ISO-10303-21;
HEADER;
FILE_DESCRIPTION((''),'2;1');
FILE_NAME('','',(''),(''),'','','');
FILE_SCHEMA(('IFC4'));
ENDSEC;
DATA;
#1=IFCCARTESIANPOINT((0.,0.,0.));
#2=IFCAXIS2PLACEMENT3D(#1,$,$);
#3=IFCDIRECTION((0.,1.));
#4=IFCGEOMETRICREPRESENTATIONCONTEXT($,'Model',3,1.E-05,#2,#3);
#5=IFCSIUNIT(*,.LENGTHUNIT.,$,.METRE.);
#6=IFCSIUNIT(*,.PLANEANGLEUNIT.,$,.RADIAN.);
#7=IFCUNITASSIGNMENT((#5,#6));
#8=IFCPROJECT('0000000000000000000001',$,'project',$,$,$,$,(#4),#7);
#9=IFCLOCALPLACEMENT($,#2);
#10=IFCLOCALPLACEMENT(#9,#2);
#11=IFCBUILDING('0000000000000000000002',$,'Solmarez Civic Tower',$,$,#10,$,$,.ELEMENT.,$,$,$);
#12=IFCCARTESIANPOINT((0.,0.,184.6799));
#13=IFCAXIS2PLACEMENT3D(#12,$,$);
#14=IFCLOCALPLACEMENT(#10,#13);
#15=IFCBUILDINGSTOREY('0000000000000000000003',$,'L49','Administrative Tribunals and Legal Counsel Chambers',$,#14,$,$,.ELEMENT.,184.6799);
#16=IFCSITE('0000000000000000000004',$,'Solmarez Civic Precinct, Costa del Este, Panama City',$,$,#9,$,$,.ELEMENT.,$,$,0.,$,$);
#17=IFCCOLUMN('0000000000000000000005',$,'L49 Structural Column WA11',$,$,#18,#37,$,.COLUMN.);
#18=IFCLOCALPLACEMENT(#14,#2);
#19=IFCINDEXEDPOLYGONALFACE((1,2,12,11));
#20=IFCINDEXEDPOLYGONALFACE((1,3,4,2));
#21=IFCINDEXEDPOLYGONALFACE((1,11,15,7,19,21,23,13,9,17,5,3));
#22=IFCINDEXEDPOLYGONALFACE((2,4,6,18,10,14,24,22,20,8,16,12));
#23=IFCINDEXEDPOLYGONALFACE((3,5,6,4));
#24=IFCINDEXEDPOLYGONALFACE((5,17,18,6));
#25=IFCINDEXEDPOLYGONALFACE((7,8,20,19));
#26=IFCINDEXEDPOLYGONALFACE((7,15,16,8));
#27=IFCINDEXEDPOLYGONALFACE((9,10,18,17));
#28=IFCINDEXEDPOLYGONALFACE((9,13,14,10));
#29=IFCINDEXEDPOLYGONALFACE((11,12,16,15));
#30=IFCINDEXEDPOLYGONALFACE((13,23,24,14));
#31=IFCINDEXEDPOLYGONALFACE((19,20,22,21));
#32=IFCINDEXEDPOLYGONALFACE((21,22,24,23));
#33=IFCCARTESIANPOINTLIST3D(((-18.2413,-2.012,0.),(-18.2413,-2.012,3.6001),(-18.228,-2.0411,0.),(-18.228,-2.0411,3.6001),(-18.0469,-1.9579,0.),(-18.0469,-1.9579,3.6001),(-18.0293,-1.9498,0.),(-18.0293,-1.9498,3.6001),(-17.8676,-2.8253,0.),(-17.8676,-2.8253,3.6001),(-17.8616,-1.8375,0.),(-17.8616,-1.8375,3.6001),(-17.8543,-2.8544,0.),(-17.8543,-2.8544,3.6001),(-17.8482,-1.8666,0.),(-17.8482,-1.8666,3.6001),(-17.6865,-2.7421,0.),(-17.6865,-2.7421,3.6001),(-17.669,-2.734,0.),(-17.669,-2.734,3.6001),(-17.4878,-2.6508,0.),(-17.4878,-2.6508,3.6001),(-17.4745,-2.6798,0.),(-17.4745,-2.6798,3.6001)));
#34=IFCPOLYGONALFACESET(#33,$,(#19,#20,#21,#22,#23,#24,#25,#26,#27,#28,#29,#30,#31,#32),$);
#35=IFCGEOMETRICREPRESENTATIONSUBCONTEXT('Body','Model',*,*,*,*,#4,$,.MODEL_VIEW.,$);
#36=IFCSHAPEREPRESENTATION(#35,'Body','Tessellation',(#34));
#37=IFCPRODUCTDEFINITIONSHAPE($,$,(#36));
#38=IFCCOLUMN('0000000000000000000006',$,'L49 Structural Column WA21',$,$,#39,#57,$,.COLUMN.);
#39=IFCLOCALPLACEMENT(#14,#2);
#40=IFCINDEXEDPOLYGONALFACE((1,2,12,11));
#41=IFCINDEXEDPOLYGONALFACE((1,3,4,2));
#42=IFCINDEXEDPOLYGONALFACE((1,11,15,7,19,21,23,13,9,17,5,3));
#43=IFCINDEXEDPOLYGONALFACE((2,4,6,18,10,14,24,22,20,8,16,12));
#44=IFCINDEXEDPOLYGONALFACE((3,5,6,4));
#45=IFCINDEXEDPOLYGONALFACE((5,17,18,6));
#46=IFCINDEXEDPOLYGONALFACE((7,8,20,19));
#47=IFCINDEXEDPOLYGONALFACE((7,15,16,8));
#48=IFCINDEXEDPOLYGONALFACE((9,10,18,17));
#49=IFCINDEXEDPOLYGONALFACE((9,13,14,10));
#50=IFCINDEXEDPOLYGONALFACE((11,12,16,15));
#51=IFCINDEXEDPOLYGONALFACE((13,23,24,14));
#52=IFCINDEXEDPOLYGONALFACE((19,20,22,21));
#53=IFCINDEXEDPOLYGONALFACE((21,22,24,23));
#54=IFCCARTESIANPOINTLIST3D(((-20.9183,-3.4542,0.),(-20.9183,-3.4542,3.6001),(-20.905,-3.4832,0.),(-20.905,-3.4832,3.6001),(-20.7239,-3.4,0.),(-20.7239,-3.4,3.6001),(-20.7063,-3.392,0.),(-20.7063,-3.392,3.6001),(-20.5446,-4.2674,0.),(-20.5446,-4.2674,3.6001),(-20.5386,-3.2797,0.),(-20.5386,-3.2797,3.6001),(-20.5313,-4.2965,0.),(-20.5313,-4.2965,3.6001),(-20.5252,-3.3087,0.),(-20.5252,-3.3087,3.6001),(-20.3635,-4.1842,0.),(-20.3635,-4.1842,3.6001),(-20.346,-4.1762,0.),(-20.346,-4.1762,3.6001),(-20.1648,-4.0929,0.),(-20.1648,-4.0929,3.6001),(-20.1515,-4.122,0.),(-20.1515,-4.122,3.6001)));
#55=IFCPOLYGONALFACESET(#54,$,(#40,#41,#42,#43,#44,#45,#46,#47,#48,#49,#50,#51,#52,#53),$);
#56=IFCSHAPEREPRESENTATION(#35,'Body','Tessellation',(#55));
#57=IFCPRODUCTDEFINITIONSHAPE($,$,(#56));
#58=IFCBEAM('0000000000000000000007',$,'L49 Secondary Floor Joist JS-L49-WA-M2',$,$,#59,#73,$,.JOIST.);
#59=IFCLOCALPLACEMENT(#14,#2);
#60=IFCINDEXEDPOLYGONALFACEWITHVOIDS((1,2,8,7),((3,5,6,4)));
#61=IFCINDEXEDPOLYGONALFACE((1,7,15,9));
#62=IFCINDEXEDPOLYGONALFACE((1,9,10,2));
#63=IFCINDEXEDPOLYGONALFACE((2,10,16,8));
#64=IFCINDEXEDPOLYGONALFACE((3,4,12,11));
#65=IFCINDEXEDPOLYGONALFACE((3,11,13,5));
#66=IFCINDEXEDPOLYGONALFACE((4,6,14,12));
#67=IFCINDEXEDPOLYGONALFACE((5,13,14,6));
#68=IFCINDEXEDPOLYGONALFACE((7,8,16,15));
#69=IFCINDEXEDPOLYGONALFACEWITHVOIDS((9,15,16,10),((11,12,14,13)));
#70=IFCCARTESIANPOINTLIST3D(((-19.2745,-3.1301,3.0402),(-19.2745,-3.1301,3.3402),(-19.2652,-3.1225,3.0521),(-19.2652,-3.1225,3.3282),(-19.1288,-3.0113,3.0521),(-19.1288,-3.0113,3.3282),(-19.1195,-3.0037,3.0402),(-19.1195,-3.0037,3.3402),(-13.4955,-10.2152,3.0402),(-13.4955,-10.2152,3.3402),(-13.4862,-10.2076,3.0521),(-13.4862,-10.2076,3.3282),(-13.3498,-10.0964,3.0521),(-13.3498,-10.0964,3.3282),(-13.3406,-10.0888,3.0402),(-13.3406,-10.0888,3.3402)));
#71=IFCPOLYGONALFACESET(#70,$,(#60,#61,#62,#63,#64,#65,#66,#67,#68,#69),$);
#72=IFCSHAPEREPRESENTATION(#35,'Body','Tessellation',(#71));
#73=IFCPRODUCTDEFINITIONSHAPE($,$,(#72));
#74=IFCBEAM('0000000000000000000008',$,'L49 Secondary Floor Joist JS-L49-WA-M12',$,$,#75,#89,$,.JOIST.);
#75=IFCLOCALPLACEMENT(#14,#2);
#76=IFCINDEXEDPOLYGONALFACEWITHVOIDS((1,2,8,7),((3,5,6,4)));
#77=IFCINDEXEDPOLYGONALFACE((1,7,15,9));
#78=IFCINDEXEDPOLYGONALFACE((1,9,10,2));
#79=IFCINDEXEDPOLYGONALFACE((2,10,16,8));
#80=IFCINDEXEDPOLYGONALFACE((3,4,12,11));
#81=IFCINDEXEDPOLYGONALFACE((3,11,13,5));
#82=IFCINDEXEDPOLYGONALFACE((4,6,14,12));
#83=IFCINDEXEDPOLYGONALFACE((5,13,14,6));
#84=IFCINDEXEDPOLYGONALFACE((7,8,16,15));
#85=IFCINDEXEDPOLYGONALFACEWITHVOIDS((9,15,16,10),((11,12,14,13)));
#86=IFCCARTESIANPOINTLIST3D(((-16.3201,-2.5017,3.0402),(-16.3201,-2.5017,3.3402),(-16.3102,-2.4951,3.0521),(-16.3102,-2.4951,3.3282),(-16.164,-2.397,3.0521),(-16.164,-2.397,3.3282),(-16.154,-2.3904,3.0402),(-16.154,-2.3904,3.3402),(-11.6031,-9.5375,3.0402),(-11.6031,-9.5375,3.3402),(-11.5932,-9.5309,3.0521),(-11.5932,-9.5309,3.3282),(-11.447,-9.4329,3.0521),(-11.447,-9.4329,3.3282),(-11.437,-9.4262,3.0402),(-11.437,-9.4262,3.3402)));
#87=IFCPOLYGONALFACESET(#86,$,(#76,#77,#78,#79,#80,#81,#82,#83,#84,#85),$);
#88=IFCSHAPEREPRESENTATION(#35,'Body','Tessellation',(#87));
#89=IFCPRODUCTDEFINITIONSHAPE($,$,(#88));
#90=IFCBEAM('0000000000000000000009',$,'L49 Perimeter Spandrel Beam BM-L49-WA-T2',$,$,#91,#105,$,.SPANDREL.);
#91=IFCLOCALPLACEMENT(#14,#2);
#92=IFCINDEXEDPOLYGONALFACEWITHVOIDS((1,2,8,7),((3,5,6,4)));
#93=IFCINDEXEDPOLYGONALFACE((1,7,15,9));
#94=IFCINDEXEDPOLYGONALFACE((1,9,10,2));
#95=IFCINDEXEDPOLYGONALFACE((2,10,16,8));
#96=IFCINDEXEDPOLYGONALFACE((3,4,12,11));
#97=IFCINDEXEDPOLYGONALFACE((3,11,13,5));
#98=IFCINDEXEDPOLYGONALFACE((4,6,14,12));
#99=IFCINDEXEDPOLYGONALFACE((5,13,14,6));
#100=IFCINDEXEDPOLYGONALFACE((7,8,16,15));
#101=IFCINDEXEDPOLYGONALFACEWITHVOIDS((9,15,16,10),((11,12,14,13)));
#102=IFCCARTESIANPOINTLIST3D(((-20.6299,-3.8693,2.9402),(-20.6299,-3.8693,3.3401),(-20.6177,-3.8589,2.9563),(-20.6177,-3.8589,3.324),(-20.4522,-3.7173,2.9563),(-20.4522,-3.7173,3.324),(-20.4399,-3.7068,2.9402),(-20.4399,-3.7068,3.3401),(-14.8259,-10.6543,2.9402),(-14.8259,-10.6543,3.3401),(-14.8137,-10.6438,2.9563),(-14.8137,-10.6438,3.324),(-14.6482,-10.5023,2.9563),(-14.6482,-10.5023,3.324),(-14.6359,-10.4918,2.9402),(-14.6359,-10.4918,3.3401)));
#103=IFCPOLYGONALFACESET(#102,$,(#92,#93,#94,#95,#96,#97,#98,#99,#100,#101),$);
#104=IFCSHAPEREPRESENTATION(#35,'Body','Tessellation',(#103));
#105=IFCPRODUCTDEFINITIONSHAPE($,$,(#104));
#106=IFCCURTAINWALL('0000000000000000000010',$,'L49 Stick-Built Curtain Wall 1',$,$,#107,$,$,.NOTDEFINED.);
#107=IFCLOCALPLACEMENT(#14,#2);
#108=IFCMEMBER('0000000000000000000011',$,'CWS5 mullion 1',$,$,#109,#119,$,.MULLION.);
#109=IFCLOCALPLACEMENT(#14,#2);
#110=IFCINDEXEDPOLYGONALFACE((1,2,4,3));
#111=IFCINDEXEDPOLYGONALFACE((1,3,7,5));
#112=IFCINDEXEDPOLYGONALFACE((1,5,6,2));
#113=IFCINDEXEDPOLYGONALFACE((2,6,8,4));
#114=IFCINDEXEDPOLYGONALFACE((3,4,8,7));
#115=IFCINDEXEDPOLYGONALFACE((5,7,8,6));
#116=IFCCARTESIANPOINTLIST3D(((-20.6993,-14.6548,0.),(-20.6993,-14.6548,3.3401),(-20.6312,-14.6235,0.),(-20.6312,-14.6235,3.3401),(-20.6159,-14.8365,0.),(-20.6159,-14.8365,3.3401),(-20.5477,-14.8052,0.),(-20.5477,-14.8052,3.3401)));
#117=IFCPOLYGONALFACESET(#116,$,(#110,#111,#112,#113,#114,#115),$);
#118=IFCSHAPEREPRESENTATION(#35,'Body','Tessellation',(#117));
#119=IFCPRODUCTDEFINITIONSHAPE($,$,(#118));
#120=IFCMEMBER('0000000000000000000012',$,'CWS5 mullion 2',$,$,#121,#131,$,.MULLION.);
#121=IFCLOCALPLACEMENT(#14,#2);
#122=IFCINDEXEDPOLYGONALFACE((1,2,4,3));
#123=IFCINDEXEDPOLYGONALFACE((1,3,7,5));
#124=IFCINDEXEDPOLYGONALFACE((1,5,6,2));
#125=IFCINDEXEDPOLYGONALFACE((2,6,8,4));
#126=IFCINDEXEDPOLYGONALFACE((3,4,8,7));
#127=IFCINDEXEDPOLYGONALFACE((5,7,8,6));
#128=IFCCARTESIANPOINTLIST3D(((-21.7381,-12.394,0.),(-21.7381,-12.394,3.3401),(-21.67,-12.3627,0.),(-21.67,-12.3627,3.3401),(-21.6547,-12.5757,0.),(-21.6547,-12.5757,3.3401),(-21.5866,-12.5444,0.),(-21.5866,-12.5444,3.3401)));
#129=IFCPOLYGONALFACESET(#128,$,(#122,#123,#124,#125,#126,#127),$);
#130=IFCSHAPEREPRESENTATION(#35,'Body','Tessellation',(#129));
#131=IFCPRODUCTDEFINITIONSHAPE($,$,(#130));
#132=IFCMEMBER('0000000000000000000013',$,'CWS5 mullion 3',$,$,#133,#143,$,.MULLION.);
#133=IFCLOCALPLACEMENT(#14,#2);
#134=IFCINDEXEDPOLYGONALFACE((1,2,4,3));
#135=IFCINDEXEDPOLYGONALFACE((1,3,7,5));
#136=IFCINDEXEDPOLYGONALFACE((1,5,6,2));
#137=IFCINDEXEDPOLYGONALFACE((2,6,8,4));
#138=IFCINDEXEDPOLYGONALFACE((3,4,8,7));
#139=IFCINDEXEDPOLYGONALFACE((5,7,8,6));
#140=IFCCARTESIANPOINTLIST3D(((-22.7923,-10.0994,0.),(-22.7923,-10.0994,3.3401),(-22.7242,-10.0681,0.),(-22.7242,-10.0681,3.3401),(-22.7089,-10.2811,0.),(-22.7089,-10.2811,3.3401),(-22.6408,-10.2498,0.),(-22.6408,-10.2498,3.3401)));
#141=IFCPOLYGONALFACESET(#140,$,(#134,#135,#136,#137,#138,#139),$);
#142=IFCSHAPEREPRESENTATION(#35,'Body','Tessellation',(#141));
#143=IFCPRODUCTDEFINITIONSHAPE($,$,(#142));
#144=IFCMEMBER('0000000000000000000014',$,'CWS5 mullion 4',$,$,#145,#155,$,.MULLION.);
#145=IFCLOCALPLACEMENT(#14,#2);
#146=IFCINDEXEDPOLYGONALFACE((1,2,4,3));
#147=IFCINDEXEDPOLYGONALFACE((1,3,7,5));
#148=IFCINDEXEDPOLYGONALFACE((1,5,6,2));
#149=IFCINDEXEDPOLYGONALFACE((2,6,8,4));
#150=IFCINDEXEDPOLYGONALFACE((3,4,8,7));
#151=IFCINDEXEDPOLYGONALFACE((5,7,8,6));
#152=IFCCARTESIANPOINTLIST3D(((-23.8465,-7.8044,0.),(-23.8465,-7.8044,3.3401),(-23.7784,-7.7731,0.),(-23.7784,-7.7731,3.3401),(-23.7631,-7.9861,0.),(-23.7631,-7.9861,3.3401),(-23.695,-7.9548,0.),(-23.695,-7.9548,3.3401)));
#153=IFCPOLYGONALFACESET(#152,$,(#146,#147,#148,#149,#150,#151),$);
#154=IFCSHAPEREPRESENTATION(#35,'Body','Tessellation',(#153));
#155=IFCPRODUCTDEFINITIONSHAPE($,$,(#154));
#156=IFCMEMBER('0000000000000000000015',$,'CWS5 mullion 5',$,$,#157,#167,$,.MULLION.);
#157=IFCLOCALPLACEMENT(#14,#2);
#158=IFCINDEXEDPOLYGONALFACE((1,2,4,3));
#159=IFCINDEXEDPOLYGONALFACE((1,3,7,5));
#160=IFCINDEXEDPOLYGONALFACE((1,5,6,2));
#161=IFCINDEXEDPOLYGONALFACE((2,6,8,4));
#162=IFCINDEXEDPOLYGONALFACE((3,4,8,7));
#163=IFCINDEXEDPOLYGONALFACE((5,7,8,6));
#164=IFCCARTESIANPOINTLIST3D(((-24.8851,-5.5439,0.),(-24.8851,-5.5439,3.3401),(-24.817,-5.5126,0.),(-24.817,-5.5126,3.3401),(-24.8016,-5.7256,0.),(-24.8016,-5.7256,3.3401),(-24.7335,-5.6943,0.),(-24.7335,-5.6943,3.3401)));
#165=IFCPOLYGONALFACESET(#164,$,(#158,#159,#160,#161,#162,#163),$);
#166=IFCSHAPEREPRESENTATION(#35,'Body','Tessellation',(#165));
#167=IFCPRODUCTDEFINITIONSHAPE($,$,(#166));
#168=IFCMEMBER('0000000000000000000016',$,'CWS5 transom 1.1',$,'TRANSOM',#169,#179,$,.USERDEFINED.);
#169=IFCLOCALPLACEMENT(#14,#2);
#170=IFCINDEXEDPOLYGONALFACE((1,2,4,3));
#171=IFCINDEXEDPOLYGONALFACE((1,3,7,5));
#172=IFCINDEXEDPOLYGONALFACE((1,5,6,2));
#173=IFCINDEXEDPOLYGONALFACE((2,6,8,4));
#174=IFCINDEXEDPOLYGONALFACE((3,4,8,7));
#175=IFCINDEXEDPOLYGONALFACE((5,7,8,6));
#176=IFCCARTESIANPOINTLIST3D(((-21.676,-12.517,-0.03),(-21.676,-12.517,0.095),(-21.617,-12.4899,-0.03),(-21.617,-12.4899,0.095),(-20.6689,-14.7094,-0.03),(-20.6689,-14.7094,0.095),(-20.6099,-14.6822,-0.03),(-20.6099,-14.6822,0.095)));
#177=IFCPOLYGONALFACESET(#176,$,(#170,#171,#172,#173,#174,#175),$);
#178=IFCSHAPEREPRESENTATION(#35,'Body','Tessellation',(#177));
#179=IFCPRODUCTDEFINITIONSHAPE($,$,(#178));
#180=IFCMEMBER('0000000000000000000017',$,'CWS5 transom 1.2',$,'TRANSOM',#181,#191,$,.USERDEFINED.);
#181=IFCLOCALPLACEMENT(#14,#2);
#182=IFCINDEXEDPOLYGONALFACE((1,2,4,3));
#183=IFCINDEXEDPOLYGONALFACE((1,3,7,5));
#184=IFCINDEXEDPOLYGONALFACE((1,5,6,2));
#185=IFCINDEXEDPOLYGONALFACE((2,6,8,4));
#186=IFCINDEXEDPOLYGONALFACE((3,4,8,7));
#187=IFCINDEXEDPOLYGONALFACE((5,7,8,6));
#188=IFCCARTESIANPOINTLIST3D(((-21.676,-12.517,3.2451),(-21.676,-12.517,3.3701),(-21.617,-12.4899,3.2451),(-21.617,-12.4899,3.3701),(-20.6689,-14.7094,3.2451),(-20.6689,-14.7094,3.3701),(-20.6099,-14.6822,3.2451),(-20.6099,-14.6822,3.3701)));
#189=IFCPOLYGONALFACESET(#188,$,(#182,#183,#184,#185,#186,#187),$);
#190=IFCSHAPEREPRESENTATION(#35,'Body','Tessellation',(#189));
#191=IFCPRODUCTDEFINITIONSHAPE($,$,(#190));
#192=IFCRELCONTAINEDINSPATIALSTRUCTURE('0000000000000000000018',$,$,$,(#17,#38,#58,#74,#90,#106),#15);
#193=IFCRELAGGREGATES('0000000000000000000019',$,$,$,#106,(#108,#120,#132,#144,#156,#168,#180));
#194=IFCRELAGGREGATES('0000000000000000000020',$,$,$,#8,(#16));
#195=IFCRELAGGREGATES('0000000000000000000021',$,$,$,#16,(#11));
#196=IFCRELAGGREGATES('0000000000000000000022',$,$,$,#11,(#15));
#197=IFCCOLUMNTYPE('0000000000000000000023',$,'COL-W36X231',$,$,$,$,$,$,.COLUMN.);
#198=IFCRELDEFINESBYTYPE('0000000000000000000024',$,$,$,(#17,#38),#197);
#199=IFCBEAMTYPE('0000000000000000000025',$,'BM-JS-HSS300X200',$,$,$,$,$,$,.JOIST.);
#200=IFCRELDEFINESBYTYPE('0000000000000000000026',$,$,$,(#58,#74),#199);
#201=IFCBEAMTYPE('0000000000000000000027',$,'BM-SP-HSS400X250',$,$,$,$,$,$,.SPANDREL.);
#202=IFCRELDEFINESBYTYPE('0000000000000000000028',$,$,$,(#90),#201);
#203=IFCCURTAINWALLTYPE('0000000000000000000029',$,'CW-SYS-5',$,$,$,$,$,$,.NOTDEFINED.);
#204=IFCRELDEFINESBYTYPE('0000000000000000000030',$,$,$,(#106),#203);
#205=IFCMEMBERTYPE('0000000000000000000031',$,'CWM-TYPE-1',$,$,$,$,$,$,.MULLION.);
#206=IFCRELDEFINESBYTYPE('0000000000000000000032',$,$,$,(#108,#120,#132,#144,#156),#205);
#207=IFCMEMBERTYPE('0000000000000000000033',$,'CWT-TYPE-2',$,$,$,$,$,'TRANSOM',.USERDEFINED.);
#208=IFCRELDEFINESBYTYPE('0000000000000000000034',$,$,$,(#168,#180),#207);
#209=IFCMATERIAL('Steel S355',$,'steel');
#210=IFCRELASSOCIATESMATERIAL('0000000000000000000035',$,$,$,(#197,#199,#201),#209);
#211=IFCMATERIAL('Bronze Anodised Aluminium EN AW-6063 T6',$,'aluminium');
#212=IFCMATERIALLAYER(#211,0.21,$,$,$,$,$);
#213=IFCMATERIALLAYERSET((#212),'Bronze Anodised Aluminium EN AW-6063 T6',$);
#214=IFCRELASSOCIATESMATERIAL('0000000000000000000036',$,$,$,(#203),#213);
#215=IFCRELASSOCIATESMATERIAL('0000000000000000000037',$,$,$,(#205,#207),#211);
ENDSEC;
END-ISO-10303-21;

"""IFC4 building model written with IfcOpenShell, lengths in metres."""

from ifc_helpers import new_model, si_unit, direction, frame, origin, origin_2d, place, context, subcontext, project, spatial, rectangle, hollow_rectangle, i_section, extrude, material, layer, layer_set, material_profile, profile_set, type_object, element, aggregate, save


model = new_model("IFC4")

# Units and contexts
model_context = context("Model", 3, precision=1e-05, world=origin(), true_north=direction((0.0, 1.0)))
body_context = subcontext(model_context, "Body", "Model", "MODEL_VIEW")
ifc_project = project(units=[si_unit("LENGTHUNIT", "METRE"), si_unit("PLANEANGLEUNIT", "RADIAN")], contexts=[model_context])

# Site, building, storey
site_placement = place(None, origin())
site = spatial("IfcSite", under=ifc_project, at=site_placement, Name="Solmarez Civic Precinct, Costa del Este, Panama City", CompositionType="ELEMENT", RefElevation=0.0)
building_placement = place(site_placement, origin())
building = spatial("IfcBuilding", under=site, at=building_placement, Name="Solmarez Civic Tower", CompositionType="ELEMENT")
storey_placement = place(building_placement, frame((0.0, 0.0, 184.6799)))
storey = spatial("IfcBuildingStorey", under=building, at=storey_placement, Name="L49", Description="Administrative Tribunals and Legal Counsel Chambers", CompositionType="ELEMENT", Elevation=184.6799)

# Columns
ifc_material_1 = material(Name="Steel S355", Category="steel")
ifc_material_profile_1 = material_profile(ifc_material_1, i_section(OverallWidth=0.418, OverallDepth=0.927, WebThickness=0.0193, FlangeThickness=0.032, at=origin_2d()), Name="W36X231")
ifc_profile_set_1 = profile_set([ifc_material_profile_1], Name="Steel S355")
column_type = type_object("IfcColumnType", Name="COL-W36X231", PredefinedType="COLUMN", material=ifc_profile_set_1)
for number, where, z_axis, x_axis, name in (
    (1, (-17.8579, -2.3459, 0.0), (0.0, 0.0, 1.0), (0.908654, 0.41755, 0.0), "L49 Structural Column WA11"),
    (2, (-20.5349, -3.7881, 0.0), (0.0, 0.0, 1.0), (0.908654, 0.41755, 0.0), "L49 Structural Column WA21"),
):
    element("IfcColumn", number, at=place(storey_placement, frame(where, z_axis=z_axis, x_axis=x_axis)), inside=storey, type_object=column_type, Name=name, PredefinedType="COLUMN", context=body_context, shape_type="SweptSolid", body=[
        extrude(i_section(OverallWidth=0.418, OverallDepth=0.927, WebThickness=0.0193, FlangeThickness=0.032, at=origin_2d()), origin(), (0.0, 0.0, 1.0), 3.6001),
    ])

# Beams
ifc_material_profile_2 = material_profile(ifc_material_1, hollow_rectangle(XDim=0.2, YDim=0.3, WallThickness=0.012, at=origin_2d()), Name="HSS300X200X12")
ifc_profile_set_2 = profile_set([ifc_material_profile_2], Name="Steel S355")
beam_type_1 = type_object("IfcBeamType", Name="BM-JS-HSS300X200", PredefinedType="JOIST", material=ifc_profile_set_2)
beam_1_placement = place(storey_placement, frame((-19.197, -3.0669, 3.1902), z_axis=(0.632062, -0.774918, 0.0), x_axis=(0.774918, 0.632062, 0.0)))
element("IfcBeam", 3, at=beam_1_placement, inside=storey, type_object=beam_type_1, Name="L49 Secondary Floor Joist JS-L49-WA-M2", PredefinedType="JOIST", context=body_context, shape_type="SweptSolid", body=[
    extrude(hollow_rectangle(XDim=0.2, YDim=0.3, WallThickness=0.012, at=origin_2d()), origin(), (0.0, 0.0, 1.0), 9.1431),
])
beam_2_placement = place(storey_placement, frame((-16.2371, -2.446, 3.1902), z_axis=(0.55686, -0.830606, 0.0), x_axis=(0.830606, 0.55686, 0.0)))
element("IfcBeam", 4, at=beam_2_placement, inside=storey, type_object=beam_type_1, Name="L49 Secondary Floor Joist JS-L49-WA-M12", PredefinedType="JOIST", context=body_context, shape_type="SweptSolid", body=[
    extrude(hollow_rectangle(XDim=0.2, YDim=0.3, WallThickness=0.012, at=origin_2d()), origin(), (0.0, 0.0, 1.0), 8.4707),
])
ifc_material_profile_3 = material_profile(ifc_material_1, hollow_rectangle(XDim=0.25, YDim=0.3999, WallThickness=0.0161, at=origin_2d()), Name="HSS400X250X16")
ifc_profile_set_3 = profile_set([ifc_material_profile_3], Name="Steel S355")
beam_type_2 = type_object("IfcBeamType", Name="BM-SP-HSS400X250", PredefinedType="SPANDREL", material=ifc_profile_set_3)
beam_3_placement = place(storey_placement, frame((-20.5349, -3.7881, 3.1401), z_axis=(0.650037, -0.759903, 0.0), x_axis=(0.759903, 0.650037, 0.0)))
element("IfcBeam", 5, at=beam_3_placement, inside=storey, type_object=beam_type_2, Name="L49 Perimeter Spandrel Beam BM-L49-WA-T2", PredefinedType="SPANDREL", context=body_context, shape_type="SweptSolid", body=[
    extrude(hollow_rectangle(XDim=0.25, YDim=0.3999, WallThickness=0.0161, at=origin_2d()), origin(), (0.0, 0.0, 1.0), 8.9287),
])

# Curtain wall, members
ifc_material_2 = material(Name="Bronze Anodised Aluminium EN AW-6063 T6", Category="aluminium")
ifc_layer_1 = layer(ifc_material_2, 0.21)
ifc_layer_set_1 = layer_set([ifc_layer_1], Name="Bronze Anodised Aluminium EN AW-6063 T6")
curtain_wall_type = type_object("IfcCurtainWallType", Name="CW-SYS-5", PredefinedType="NOTDEFINED", material=ifc_layer_set_1)
curtain_wall_placement = place(storey_placement, origin())
curtain_wall = element("IfcCurtainWall", 6, at=curtain_wall_placement, inside=storey, type_object=curtain_wall_type, Name="L49 Stick-Built Curtain Wall 1", PredefinedType="NOTDEFINED")
ifc_material_profile_4 = material_profile(ifc_material_2, rectangle(XDim=0.075, YDim=0.2, at=origin_2d()), Name="CWM-75X200")
ifc_profile_set_4 = profile_set([ifc_material_profile_4], Name="Bronze Anodised Aluminium EN AW-6063 T6")
member_type_1 = type_object("IfcMemberType", Name="CWM-TYPE-1", PredefinedType="MULLION", material=ifc_profile_set_4)
member_1_placement = place(storey_placement, frame((-20.6235, -14.73, 0.0), z_axis=(0.0, 0.0, 1.0), x_axis=(-0.908691, -0.417469, 0.0)))
member_1 = element("IfcMember", 7, at=member_1_placement, type_object=member_type_1, Name="CWS5 mullion 1", PredefinedType="MULLION", context=body_context, shape_type="SweptSolid", body=[
    extrude(rectangle(XDim=0.075, YDim=0.2, at=origin_2d()), origin(), (0.0, 0.0, 1.0), 3.3401),
])
member_2_placement = place(storey_placement, frame((-21.6624, -12.4692, 0.0), z_axis=(0.0, 0.0, 1.0), x_axis=(-0.908691, -0.417469, 0.0)))
member_2 = element("IfcMember", 8, at=member_2_placement, type_object=member_type_1, Name="CWS5 mullion 2", PredefinedType="MULLION", context=body_context, shape_type="SweptSolid", body=[
    extrude(rectangle(XDim=0.075, YDim=0.2, at=origin_2d()), origin(), (0.0, 0.0, 1.0), 3.3401),
])
member_3_placement = place(storey_placement, frame((-22.7166, -10.1746, 0.0), z_axis=(0.0, 0.0, 1.0), x_axis=(-0.908691, -0.417469, 0.0)))
member_3 = element("IfcMember", 9, at=member_3_placement, type_object=member_type_1, Name="CWS5 mullion 3", PredefinedType="MULLION", context=body_context, shape_type="SweptSolid", body=[
    extrude(rectangle(XDim=0.075, YDim=0.2, at=origin_2d()), origin(), (0.0, 0.0, 1.0), 3.3401),
])
member_4_placement = place(storey_placement, frame((-23.7708, -7.8796, 0.0), z_axis=(0.0, 0.0, 1.0), x_axis=(-0.908691, -0.417469, 0.0)))
member_4 = element("IfcMember", 10, at=member_4_placement, type_object=member_type_1, Name="CWS5 mullion 4", PredefinedType="MULLION", context=body_context, shape_type="SweptSolid", body=[
    extrude(rectangle(XDim=0.075, YDim=0.2, at=origin_2d()), origin(), (0.0, 0.0, 1.0), 3.3401),
])
member_5_placement = place(storey_placement, frame((-24.8093, -5.6191, 0.0), z_axis=(0.0, 0.0, 1.0), x_axis=(-0.908691, -0.417469, 0.0)))
member_5 = element("IfcMember", 11, at=member_5_placement, type_object=member_type_1, Name="CWS5 mullion 5", PredefinedType="MULLION", context=body_context, shape_type="SweptSolid", body=[
    extrude(rectangle(XDim=0.075, YDim=0.2, at=origin_2d()), origin(), (0.0, 0.0, 1.0), 3.3401),
])
ifc_material_profile_5 = material_profile(ifc_material_2, rectangle(XDim=0.0649, YDim=0.125, at=origin_2d()), Name="CWT-65X125")
ifc_profile_set_5 = profile_set([ifc_material_profile_5], Name="Bronze Anodised Aluminium EN AW-6063 T6")
member_type_2 = type_object("IfcMemberType", Name="CWT-TYPE-2", ElementType="TRANSOM", PredefinedType="USERDEFINED", material=ifc_profile_set_5)
member_6_placement = place(storey_placement, frame((-20.6394, -14.6958, 0.0325), z_axis=(-0.417421, 0.908713, 0.0), x_axis=(-0.908713, -0.417421, 0.0)))
member_6 = element("IfcMember", 12, at=member_6_placement, type_object=member_type_2, Name="CWS5 transom 1.1", ObjectType="TRANSOM", PredefinedType="USERDEFINED", context=body_context, shape_type="SweptSolid", body=[
    extrude(rectangle(XDim=0.0649, YDim=0.125, at=origin_2d()), origin(), (0.0, 0.0, 1.0), 2.4126),
])
member_7_placement = place(storey_placement, frame((-20.6394, -14.6958, 3.3076), z_axis=(-0.417421, 0.908713, 0.0), x_axis=(-0.908713, -0.417421, 0.0)))
member_7 = element("IfcMember", 13, at=member_7_placement, type_object=member_type_2, Name="CWS5 transom 1.2", ObjectType="TRANSOM", PredefinedType="USERDEFINED", context=body_context, shape_type="SweptSolid", body=[
    extrude(rectangle(XDim=0.0649, YDim=0.125, at=origin_2d()), origin(), (0.0, 0.0, 1.0), 2.4126),
])
aggregate(curtain_wall, [member_1, member_2, member_3, member_4, member_5, member_6, member_7])

save(model, "model.ifc")
